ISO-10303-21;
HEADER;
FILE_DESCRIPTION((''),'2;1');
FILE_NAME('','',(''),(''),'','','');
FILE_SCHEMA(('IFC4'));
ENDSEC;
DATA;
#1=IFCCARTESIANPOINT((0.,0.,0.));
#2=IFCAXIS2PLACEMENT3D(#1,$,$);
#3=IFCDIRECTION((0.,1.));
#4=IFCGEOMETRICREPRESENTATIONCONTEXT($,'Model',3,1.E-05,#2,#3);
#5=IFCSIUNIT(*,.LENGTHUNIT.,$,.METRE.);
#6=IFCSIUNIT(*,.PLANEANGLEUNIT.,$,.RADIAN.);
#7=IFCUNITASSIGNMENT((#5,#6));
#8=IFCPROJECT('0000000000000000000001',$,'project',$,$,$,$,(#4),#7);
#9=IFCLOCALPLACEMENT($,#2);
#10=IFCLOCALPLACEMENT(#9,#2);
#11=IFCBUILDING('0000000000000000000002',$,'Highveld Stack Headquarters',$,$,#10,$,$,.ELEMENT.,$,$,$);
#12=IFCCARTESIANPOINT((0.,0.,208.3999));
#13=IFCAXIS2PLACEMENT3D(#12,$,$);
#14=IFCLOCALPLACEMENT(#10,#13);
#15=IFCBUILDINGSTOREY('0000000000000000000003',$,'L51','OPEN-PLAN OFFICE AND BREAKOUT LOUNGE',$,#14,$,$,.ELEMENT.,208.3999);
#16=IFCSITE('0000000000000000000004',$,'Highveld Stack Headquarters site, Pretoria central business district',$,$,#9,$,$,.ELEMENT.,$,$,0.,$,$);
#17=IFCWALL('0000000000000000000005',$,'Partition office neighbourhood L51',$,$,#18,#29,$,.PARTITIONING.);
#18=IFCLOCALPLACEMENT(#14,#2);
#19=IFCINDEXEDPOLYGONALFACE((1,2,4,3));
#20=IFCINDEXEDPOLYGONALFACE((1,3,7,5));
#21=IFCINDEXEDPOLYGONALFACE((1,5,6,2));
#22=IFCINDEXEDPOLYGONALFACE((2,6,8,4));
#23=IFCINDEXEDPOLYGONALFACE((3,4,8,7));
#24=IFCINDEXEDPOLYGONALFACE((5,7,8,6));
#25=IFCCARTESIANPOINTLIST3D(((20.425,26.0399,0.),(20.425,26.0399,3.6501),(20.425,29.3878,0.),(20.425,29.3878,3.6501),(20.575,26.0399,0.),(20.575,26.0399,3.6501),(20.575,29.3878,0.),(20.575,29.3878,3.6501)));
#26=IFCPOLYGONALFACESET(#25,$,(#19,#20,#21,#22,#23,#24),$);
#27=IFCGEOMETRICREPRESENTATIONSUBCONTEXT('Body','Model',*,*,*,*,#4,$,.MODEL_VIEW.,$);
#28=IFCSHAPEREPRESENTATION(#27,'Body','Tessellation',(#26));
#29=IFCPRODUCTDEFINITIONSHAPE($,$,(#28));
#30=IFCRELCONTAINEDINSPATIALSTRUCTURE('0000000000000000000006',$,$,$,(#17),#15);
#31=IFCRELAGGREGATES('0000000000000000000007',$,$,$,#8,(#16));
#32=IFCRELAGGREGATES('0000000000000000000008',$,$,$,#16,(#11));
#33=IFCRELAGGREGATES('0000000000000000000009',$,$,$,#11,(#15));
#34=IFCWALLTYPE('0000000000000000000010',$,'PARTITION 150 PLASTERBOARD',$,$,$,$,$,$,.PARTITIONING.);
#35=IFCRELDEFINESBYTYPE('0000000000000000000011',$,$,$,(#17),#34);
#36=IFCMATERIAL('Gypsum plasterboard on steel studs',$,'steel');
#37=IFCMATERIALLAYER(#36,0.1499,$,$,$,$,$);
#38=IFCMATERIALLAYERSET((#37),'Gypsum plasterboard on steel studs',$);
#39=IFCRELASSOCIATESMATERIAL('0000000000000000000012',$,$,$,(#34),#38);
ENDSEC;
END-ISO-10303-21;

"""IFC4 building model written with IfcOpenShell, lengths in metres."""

from ifc_helpers import new_model, si_unit, direction, frame, frame_2d, origin, place, context, subcontext, project, spatial, rectangle, extrude, material, layer, layer_set, type_object, element, save


model = new_model("IFC4")

# Units and contexts
model_context = context("Model", 3, precision=1e-05, world=origin(), true_north=direction((0.0, 1.0)))
body_context = subcontext(model_context, "Body", "Model", "MODEL_VIEW")
ifc_project = project(units=[si_unit("LENGTHUNIT", "METRE"), si_unit("PLANEANGLEUNIT", "RADIAN")], contexts=[model_context])

# Site, building, storey
site_placement = place(None, origin())
site = spatial("IfcSite", under=ifc_project, at=site_placement, Name="Highveld Stack Headquarters site, Pretoria central business district", CompositionType="ELEMENT", RefElevation=0.0)
building_placement = place(site_placement, origin())
building = spatial("IfcBuilding", under=site, at=building_placement, Name="Highveld Stack Headquarters", CompositionType="ELEMENT")
storey_placement = place(building_placement, frame((0.0, 0.0, 208.3999)))
storey = spatial("IfcBuildingStorey", under=building, at=storey_placement, Name="L51", Description="OPEN-PLAN OFFICE AND BREAKOUT LOUNGE", CompositionType="ELEMENT", Elevation=208.3999)

# Wall
ifc_material_1 = material(Name="Gypsum plasterboard on steel studs", Category="steel")
ifc_layer_1 = layer(ifc_material_1, 0.1499)
ifc_layer_set_1 = layer_set([ifc_layer_1], Name="Gypsum plasterboard on steel studs")
wall_type = type_object("IfcWallType", Name="PARTITION 150 PLASTERBOARD", PredefinedType="PARTITIONING", material=ifc_layer_set_1)
wall_1_placement = place(storey_placement, frame((20.5, 26.04, 0.0), z_axis=(0.0, 0.0, 1.0), x_axis=(0.0, 1.0, 0.0)))
element("IfcWall", 1, at=wall_1_placement, inside=storey, type_object=wall_type, Name="Partition office neighbourhood L51", PredefinedType="PARTITIONING", context=body_context, shape_type="SweptSolid", body=[
    extrude(rectangle(XDim=3.3479, YDim=0.1499, at=frame_2d((1.6738, 0.0))), origin(), (0.0, 0.0, 1.0), 3.6501),
])

save(model, "model.ifc")
